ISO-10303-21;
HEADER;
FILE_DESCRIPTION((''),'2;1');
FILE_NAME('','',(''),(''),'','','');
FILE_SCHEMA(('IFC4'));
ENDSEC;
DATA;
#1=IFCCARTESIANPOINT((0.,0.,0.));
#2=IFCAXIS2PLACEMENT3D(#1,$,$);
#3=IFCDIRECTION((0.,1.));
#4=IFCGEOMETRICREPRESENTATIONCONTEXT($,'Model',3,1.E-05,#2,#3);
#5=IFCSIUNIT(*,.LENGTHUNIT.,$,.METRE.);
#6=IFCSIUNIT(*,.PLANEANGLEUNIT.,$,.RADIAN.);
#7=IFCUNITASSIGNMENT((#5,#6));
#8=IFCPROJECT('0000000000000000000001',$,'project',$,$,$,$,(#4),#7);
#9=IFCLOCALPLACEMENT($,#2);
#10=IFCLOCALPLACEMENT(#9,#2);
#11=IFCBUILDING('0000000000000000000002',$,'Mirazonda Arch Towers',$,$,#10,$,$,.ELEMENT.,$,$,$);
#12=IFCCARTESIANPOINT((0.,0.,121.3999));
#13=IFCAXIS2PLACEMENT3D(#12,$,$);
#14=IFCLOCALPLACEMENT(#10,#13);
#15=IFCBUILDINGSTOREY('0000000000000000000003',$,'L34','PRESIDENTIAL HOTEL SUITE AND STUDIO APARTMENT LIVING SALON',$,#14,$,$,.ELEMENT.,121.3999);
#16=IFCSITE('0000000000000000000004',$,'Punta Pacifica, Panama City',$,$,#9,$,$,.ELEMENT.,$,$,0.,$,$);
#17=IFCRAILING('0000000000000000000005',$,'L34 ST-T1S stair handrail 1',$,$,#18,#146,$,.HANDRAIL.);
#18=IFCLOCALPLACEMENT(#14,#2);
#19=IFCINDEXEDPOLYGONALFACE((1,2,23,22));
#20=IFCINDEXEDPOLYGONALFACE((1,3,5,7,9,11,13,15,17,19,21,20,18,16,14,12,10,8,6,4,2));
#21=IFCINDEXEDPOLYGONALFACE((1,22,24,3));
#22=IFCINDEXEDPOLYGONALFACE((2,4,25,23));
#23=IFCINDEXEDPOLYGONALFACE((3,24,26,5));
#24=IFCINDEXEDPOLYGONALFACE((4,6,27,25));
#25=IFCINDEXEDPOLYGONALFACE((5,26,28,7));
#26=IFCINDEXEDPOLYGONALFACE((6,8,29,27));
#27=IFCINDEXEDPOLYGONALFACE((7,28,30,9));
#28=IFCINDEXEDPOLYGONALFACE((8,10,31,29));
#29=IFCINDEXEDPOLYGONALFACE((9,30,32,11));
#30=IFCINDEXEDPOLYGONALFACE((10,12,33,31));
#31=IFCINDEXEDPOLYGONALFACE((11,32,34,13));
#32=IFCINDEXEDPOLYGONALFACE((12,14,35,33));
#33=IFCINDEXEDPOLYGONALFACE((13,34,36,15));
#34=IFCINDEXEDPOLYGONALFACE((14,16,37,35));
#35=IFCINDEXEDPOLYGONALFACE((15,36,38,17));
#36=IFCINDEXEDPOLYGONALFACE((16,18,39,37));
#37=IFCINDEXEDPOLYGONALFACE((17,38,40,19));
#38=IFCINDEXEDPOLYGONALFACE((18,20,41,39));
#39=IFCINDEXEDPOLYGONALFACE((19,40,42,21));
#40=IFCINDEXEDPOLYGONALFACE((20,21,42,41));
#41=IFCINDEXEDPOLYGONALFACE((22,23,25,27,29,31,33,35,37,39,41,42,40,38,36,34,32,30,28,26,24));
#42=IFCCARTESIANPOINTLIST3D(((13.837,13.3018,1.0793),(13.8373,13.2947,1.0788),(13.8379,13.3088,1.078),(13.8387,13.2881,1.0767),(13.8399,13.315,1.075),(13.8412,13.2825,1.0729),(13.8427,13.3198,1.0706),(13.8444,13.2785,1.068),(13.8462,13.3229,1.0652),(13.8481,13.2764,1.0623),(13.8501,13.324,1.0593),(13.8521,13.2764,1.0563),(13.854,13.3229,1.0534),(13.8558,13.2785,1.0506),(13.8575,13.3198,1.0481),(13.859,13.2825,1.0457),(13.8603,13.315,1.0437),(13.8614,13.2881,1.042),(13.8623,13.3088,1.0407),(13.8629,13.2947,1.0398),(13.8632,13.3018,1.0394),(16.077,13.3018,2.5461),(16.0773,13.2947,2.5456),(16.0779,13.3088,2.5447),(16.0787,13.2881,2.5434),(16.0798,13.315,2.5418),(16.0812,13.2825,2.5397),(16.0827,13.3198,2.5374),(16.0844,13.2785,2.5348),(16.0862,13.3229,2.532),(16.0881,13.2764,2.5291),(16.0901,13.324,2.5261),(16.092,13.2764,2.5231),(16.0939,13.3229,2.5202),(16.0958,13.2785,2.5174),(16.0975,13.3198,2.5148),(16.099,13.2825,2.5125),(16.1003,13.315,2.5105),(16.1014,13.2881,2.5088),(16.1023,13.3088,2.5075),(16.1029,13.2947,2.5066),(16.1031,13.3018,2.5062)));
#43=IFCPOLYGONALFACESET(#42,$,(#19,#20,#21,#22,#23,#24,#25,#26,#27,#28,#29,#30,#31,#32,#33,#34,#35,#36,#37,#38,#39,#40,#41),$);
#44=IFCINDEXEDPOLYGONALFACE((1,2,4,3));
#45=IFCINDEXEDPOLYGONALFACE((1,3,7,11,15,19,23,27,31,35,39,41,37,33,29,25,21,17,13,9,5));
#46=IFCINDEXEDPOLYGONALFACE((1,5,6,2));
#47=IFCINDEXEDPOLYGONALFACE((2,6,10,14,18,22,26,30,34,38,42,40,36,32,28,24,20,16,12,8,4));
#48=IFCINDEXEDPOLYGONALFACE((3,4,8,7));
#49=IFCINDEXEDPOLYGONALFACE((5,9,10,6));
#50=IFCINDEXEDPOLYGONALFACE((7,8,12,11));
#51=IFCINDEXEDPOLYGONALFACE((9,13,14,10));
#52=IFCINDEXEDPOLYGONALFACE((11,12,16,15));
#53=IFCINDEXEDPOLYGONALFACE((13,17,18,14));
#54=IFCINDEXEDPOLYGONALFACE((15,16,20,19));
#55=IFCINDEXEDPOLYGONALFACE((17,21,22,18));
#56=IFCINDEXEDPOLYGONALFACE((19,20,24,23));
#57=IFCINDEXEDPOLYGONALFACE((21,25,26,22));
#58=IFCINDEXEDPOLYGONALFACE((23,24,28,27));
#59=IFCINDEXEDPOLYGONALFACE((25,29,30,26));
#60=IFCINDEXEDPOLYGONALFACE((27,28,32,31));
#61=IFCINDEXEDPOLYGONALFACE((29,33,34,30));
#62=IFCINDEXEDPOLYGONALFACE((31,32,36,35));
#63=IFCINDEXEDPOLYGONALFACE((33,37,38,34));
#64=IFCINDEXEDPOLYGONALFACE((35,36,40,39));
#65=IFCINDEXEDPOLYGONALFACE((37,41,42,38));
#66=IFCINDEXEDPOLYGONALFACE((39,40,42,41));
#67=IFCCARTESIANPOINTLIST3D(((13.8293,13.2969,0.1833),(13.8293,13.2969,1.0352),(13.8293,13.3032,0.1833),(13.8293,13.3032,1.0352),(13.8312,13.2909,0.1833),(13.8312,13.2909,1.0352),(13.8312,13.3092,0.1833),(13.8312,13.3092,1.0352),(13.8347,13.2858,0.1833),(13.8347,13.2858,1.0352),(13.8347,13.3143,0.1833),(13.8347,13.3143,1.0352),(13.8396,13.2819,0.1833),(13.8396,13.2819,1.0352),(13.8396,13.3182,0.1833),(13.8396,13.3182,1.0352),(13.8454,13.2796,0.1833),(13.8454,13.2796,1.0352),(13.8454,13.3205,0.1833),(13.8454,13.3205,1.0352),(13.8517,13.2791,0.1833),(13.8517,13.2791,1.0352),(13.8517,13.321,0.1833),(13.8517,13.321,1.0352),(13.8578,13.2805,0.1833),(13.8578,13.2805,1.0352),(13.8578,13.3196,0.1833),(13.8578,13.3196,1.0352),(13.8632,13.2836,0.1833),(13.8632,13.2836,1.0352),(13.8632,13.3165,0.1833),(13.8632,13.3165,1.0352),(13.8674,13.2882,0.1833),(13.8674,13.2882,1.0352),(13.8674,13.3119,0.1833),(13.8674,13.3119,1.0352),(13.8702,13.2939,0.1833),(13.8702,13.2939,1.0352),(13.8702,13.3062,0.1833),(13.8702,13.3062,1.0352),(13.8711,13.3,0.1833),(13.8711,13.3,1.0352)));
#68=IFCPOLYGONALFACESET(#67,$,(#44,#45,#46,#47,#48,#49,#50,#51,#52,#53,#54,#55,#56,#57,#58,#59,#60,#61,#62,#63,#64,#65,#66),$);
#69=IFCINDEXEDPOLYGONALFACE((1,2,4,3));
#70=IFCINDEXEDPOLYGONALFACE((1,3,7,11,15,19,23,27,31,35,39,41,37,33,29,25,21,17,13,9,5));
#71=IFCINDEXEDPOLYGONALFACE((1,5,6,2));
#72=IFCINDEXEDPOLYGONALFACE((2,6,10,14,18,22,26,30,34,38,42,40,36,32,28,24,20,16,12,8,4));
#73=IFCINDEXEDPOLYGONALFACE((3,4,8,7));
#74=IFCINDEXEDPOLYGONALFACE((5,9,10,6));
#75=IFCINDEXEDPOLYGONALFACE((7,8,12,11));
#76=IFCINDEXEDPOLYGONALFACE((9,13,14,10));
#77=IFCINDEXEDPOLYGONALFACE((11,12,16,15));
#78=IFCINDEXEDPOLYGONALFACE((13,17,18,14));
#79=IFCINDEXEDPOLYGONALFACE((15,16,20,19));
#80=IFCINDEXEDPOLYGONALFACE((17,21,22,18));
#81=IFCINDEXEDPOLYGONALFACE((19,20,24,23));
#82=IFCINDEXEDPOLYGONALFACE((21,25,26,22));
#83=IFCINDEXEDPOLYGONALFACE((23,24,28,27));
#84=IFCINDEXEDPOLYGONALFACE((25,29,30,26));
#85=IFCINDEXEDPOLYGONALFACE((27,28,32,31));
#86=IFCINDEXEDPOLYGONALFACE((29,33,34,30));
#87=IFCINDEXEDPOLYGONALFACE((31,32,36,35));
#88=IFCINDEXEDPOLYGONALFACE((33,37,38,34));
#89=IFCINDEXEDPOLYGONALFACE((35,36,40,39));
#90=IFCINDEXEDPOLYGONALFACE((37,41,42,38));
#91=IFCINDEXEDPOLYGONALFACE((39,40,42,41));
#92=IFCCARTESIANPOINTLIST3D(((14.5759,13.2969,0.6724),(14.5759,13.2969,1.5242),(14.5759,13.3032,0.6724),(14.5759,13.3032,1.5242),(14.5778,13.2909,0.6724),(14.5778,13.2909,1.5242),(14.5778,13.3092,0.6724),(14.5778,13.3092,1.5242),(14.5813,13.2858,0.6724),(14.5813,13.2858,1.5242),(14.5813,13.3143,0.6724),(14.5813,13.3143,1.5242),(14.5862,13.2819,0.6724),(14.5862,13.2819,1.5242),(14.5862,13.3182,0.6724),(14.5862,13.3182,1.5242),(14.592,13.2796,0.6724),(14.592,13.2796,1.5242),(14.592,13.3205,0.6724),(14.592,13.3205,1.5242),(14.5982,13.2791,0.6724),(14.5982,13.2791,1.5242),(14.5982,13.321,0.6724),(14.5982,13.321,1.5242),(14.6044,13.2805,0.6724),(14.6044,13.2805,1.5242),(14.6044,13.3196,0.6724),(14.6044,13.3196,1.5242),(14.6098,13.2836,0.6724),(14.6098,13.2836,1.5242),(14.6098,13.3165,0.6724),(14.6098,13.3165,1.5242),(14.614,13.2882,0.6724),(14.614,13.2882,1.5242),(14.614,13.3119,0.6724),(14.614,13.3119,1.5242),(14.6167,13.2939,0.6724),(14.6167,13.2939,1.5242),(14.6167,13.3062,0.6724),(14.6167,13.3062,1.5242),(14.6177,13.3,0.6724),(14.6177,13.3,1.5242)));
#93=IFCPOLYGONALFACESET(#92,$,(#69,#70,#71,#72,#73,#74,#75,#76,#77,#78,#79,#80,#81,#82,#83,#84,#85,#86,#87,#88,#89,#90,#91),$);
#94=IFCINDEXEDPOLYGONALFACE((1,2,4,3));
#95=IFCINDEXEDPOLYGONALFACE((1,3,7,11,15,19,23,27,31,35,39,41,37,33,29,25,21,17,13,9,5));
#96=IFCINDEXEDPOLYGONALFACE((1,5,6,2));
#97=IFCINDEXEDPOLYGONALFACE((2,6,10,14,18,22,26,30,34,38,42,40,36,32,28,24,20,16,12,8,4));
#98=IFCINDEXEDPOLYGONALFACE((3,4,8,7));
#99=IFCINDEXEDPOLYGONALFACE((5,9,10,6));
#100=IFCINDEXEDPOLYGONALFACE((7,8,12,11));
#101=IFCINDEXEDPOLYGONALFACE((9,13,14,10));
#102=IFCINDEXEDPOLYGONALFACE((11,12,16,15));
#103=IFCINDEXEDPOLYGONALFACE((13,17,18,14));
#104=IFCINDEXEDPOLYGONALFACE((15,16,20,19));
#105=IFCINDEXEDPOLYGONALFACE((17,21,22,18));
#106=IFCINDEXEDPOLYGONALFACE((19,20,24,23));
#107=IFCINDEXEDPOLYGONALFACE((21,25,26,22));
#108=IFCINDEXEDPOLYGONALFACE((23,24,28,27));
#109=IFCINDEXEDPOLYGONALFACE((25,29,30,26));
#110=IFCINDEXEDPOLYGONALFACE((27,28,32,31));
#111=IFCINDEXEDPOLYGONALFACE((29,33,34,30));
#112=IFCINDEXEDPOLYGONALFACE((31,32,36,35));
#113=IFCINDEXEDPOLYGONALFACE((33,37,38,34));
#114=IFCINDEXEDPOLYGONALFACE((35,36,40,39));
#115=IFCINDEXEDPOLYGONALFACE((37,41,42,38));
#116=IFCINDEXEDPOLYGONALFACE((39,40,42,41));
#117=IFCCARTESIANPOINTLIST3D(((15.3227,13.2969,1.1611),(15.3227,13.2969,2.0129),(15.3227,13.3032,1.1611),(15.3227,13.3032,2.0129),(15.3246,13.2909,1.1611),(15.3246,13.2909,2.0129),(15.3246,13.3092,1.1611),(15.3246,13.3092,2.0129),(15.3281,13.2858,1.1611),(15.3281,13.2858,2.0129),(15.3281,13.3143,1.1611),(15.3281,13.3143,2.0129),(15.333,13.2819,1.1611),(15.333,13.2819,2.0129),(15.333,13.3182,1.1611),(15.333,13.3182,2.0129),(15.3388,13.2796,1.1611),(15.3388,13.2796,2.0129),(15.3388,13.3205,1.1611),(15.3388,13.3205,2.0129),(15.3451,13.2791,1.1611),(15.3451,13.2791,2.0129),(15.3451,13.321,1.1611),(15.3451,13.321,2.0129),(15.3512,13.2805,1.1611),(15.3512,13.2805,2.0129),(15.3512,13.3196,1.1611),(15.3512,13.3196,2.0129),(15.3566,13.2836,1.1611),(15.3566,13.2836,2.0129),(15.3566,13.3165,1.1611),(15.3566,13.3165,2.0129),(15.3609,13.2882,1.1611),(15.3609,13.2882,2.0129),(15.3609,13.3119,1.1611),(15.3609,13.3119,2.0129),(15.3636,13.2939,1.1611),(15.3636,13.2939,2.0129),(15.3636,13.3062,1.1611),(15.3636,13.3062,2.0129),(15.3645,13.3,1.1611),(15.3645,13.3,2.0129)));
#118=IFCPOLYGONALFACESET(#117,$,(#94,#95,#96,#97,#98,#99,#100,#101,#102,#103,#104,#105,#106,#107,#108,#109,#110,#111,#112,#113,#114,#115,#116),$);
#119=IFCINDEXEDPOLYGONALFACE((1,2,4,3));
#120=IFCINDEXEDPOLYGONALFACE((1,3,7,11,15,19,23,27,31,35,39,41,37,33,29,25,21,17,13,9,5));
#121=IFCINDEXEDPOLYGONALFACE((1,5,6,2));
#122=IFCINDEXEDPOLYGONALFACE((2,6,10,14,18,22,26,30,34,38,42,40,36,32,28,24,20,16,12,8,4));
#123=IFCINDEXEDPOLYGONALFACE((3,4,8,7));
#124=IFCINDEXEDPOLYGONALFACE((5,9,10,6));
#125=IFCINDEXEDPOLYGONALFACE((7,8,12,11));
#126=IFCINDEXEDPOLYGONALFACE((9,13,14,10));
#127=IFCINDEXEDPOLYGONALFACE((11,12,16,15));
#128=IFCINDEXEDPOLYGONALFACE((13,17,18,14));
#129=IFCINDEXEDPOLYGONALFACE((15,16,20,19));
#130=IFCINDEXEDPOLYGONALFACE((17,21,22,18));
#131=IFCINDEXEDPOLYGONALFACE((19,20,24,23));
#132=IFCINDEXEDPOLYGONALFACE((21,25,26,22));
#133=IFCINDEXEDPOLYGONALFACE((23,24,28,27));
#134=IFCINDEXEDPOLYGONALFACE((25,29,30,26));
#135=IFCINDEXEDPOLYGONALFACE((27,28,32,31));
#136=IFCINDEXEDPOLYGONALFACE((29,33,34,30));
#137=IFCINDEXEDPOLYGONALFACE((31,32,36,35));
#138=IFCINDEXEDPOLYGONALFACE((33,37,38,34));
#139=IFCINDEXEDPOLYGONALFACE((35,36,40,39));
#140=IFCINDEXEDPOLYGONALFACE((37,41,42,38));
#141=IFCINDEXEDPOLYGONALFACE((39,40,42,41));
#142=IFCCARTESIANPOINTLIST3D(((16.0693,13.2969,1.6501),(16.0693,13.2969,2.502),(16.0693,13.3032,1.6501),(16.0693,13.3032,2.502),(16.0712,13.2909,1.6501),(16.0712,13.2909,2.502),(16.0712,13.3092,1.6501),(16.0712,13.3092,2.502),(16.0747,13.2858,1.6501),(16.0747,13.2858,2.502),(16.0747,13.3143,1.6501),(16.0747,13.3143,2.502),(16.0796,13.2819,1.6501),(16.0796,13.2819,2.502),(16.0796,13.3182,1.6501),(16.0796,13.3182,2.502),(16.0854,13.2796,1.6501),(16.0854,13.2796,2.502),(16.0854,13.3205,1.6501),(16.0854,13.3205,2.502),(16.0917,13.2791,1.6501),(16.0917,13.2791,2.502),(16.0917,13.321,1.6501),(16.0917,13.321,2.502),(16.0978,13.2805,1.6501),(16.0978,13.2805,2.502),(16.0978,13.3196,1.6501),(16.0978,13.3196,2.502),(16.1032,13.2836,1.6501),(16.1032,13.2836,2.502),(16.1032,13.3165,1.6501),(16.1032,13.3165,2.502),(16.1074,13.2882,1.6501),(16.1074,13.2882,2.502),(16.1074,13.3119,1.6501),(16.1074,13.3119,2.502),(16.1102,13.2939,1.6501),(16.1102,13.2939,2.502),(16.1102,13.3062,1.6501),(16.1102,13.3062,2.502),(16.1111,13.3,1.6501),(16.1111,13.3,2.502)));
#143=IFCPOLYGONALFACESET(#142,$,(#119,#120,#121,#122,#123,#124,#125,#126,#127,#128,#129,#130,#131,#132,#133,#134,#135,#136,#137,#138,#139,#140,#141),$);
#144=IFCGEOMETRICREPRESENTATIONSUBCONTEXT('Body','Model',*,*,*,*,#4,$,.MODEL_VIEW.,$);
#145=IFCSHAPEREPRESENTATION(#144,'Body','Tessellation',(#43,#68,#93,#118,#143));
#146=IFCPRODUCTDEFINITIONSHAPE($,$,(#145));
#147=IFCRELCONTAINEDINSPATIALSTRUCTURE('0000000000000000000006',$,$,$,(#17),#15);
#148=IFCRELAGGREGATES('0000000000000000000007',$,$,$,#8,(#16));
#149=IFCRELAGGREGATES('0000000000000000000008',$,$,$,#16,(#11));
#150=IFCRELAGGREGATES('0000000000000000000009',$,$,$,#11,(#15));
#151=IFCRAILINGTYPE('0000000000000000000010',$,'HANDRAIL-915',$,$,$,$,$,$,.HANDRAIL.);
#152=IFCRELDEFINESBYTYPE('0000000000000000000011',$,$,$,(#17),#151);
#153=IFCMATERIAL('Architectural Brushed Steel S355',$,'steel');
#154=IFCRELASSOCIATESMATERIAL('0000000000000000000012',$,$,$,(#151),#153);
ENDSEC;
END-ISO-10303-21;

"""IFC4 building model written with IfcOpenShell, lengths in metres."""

from ifc_helpers import new_model, si_unit, direction, frame, origin, origin_2d, place, context, subcontext, project, spatial, circle, extrude, material, type_object, element, save


model = new_model("IFC4")

# Units and contexts
model_context = context("Model", 3, precision=1e-05, world=origin(), true_north=direction((0.0, 1.0)))
body_context = subcontext(model_context, "Body", "Model", "MODEL_VIEW")
ifc_project = project(units=[si_unit("LENGTHUNIT", "METRE"), si_unit("PLANEANGLEUNIT", "RADIAN")], contexts=[model_context])

# Site, building, storey
site_placement = place(None, origin())
site = spatial("IfcSite", under=ifc_project, at=site_placement, Name="Punta Pacifica, Panama City", CompositionType="ELEMENT", RefElevation=0.0)
building_placement = place(site_placement, origin())
building = spatial("IfcBuilding", under=site, at=building_placement, Name="Mirazonda Arch Towers", CompositionType="ELEMENT")
storey_placement = place(building_placement, frame((0.0, 0.0, 121.3999)))
storey = spatial("IfcBuildingStorey", under=building, at=storey_placement, Name="L34", Description="PRESIDENTIAL HOTEL SUITE AND STUDIO APARTMENT LIVING SALON", CompositionType="ELEMENT", Elevation=121.3999)

# Shared definitions
ifc_material_1 = material(Name="Architectural Brushed Steel S355", Category="steel")

# Railing
railing_type_1 = type_object("IfcRailingType", Name="HANDRAIL-915", PredefinedType="HANDRAIL", material=ifc_material_1)
railing_1_placement = place(storey_placement, frame((13.8501, 13.3, 0.1833)))
element("IfcRailing", 1, at=railing_1_placement, inside=storey, type_object=railing_type_1, Name="L34 ST-T1S stair handrail 1", PredefinedType="HANDRAIL", context=body_context, shape_type="SweptSolid", body=[
    extrude(circle(Radius=0.0239, at=origin_2d()), frame((0.0, 0.0, 0.876), z_axis=(0.836595, 0.0, 0.547822), x_axis=(0.0, 1.0, 0.0)), (0.0, 0.0, 1.0), 2.6775),
    extrude(circle(Radius=0.021, at=origin_2d()), origin(), (0.0, 0.0, 1.0), 0.8518),
    extrude(circle(Radius=0.021, at=origin_2d()), frame((0.7466, 0.0, 0.489)), (0.0, 0.0, 1.0), 0.8518),
    extrude(circle(Radius=0.021, at=origin_2d()), frame((1.4934, 0.0, 0.9778)), (0.0, 0.0, 1.0), 0.8518),
    extrude(circle(Radius=0.021, at=origin_2d()), frame((2.24, 0.0, 1.4668)), (0.0, 0.0, 1.0), 0.8518),
])

save(model, "model.ifc")
